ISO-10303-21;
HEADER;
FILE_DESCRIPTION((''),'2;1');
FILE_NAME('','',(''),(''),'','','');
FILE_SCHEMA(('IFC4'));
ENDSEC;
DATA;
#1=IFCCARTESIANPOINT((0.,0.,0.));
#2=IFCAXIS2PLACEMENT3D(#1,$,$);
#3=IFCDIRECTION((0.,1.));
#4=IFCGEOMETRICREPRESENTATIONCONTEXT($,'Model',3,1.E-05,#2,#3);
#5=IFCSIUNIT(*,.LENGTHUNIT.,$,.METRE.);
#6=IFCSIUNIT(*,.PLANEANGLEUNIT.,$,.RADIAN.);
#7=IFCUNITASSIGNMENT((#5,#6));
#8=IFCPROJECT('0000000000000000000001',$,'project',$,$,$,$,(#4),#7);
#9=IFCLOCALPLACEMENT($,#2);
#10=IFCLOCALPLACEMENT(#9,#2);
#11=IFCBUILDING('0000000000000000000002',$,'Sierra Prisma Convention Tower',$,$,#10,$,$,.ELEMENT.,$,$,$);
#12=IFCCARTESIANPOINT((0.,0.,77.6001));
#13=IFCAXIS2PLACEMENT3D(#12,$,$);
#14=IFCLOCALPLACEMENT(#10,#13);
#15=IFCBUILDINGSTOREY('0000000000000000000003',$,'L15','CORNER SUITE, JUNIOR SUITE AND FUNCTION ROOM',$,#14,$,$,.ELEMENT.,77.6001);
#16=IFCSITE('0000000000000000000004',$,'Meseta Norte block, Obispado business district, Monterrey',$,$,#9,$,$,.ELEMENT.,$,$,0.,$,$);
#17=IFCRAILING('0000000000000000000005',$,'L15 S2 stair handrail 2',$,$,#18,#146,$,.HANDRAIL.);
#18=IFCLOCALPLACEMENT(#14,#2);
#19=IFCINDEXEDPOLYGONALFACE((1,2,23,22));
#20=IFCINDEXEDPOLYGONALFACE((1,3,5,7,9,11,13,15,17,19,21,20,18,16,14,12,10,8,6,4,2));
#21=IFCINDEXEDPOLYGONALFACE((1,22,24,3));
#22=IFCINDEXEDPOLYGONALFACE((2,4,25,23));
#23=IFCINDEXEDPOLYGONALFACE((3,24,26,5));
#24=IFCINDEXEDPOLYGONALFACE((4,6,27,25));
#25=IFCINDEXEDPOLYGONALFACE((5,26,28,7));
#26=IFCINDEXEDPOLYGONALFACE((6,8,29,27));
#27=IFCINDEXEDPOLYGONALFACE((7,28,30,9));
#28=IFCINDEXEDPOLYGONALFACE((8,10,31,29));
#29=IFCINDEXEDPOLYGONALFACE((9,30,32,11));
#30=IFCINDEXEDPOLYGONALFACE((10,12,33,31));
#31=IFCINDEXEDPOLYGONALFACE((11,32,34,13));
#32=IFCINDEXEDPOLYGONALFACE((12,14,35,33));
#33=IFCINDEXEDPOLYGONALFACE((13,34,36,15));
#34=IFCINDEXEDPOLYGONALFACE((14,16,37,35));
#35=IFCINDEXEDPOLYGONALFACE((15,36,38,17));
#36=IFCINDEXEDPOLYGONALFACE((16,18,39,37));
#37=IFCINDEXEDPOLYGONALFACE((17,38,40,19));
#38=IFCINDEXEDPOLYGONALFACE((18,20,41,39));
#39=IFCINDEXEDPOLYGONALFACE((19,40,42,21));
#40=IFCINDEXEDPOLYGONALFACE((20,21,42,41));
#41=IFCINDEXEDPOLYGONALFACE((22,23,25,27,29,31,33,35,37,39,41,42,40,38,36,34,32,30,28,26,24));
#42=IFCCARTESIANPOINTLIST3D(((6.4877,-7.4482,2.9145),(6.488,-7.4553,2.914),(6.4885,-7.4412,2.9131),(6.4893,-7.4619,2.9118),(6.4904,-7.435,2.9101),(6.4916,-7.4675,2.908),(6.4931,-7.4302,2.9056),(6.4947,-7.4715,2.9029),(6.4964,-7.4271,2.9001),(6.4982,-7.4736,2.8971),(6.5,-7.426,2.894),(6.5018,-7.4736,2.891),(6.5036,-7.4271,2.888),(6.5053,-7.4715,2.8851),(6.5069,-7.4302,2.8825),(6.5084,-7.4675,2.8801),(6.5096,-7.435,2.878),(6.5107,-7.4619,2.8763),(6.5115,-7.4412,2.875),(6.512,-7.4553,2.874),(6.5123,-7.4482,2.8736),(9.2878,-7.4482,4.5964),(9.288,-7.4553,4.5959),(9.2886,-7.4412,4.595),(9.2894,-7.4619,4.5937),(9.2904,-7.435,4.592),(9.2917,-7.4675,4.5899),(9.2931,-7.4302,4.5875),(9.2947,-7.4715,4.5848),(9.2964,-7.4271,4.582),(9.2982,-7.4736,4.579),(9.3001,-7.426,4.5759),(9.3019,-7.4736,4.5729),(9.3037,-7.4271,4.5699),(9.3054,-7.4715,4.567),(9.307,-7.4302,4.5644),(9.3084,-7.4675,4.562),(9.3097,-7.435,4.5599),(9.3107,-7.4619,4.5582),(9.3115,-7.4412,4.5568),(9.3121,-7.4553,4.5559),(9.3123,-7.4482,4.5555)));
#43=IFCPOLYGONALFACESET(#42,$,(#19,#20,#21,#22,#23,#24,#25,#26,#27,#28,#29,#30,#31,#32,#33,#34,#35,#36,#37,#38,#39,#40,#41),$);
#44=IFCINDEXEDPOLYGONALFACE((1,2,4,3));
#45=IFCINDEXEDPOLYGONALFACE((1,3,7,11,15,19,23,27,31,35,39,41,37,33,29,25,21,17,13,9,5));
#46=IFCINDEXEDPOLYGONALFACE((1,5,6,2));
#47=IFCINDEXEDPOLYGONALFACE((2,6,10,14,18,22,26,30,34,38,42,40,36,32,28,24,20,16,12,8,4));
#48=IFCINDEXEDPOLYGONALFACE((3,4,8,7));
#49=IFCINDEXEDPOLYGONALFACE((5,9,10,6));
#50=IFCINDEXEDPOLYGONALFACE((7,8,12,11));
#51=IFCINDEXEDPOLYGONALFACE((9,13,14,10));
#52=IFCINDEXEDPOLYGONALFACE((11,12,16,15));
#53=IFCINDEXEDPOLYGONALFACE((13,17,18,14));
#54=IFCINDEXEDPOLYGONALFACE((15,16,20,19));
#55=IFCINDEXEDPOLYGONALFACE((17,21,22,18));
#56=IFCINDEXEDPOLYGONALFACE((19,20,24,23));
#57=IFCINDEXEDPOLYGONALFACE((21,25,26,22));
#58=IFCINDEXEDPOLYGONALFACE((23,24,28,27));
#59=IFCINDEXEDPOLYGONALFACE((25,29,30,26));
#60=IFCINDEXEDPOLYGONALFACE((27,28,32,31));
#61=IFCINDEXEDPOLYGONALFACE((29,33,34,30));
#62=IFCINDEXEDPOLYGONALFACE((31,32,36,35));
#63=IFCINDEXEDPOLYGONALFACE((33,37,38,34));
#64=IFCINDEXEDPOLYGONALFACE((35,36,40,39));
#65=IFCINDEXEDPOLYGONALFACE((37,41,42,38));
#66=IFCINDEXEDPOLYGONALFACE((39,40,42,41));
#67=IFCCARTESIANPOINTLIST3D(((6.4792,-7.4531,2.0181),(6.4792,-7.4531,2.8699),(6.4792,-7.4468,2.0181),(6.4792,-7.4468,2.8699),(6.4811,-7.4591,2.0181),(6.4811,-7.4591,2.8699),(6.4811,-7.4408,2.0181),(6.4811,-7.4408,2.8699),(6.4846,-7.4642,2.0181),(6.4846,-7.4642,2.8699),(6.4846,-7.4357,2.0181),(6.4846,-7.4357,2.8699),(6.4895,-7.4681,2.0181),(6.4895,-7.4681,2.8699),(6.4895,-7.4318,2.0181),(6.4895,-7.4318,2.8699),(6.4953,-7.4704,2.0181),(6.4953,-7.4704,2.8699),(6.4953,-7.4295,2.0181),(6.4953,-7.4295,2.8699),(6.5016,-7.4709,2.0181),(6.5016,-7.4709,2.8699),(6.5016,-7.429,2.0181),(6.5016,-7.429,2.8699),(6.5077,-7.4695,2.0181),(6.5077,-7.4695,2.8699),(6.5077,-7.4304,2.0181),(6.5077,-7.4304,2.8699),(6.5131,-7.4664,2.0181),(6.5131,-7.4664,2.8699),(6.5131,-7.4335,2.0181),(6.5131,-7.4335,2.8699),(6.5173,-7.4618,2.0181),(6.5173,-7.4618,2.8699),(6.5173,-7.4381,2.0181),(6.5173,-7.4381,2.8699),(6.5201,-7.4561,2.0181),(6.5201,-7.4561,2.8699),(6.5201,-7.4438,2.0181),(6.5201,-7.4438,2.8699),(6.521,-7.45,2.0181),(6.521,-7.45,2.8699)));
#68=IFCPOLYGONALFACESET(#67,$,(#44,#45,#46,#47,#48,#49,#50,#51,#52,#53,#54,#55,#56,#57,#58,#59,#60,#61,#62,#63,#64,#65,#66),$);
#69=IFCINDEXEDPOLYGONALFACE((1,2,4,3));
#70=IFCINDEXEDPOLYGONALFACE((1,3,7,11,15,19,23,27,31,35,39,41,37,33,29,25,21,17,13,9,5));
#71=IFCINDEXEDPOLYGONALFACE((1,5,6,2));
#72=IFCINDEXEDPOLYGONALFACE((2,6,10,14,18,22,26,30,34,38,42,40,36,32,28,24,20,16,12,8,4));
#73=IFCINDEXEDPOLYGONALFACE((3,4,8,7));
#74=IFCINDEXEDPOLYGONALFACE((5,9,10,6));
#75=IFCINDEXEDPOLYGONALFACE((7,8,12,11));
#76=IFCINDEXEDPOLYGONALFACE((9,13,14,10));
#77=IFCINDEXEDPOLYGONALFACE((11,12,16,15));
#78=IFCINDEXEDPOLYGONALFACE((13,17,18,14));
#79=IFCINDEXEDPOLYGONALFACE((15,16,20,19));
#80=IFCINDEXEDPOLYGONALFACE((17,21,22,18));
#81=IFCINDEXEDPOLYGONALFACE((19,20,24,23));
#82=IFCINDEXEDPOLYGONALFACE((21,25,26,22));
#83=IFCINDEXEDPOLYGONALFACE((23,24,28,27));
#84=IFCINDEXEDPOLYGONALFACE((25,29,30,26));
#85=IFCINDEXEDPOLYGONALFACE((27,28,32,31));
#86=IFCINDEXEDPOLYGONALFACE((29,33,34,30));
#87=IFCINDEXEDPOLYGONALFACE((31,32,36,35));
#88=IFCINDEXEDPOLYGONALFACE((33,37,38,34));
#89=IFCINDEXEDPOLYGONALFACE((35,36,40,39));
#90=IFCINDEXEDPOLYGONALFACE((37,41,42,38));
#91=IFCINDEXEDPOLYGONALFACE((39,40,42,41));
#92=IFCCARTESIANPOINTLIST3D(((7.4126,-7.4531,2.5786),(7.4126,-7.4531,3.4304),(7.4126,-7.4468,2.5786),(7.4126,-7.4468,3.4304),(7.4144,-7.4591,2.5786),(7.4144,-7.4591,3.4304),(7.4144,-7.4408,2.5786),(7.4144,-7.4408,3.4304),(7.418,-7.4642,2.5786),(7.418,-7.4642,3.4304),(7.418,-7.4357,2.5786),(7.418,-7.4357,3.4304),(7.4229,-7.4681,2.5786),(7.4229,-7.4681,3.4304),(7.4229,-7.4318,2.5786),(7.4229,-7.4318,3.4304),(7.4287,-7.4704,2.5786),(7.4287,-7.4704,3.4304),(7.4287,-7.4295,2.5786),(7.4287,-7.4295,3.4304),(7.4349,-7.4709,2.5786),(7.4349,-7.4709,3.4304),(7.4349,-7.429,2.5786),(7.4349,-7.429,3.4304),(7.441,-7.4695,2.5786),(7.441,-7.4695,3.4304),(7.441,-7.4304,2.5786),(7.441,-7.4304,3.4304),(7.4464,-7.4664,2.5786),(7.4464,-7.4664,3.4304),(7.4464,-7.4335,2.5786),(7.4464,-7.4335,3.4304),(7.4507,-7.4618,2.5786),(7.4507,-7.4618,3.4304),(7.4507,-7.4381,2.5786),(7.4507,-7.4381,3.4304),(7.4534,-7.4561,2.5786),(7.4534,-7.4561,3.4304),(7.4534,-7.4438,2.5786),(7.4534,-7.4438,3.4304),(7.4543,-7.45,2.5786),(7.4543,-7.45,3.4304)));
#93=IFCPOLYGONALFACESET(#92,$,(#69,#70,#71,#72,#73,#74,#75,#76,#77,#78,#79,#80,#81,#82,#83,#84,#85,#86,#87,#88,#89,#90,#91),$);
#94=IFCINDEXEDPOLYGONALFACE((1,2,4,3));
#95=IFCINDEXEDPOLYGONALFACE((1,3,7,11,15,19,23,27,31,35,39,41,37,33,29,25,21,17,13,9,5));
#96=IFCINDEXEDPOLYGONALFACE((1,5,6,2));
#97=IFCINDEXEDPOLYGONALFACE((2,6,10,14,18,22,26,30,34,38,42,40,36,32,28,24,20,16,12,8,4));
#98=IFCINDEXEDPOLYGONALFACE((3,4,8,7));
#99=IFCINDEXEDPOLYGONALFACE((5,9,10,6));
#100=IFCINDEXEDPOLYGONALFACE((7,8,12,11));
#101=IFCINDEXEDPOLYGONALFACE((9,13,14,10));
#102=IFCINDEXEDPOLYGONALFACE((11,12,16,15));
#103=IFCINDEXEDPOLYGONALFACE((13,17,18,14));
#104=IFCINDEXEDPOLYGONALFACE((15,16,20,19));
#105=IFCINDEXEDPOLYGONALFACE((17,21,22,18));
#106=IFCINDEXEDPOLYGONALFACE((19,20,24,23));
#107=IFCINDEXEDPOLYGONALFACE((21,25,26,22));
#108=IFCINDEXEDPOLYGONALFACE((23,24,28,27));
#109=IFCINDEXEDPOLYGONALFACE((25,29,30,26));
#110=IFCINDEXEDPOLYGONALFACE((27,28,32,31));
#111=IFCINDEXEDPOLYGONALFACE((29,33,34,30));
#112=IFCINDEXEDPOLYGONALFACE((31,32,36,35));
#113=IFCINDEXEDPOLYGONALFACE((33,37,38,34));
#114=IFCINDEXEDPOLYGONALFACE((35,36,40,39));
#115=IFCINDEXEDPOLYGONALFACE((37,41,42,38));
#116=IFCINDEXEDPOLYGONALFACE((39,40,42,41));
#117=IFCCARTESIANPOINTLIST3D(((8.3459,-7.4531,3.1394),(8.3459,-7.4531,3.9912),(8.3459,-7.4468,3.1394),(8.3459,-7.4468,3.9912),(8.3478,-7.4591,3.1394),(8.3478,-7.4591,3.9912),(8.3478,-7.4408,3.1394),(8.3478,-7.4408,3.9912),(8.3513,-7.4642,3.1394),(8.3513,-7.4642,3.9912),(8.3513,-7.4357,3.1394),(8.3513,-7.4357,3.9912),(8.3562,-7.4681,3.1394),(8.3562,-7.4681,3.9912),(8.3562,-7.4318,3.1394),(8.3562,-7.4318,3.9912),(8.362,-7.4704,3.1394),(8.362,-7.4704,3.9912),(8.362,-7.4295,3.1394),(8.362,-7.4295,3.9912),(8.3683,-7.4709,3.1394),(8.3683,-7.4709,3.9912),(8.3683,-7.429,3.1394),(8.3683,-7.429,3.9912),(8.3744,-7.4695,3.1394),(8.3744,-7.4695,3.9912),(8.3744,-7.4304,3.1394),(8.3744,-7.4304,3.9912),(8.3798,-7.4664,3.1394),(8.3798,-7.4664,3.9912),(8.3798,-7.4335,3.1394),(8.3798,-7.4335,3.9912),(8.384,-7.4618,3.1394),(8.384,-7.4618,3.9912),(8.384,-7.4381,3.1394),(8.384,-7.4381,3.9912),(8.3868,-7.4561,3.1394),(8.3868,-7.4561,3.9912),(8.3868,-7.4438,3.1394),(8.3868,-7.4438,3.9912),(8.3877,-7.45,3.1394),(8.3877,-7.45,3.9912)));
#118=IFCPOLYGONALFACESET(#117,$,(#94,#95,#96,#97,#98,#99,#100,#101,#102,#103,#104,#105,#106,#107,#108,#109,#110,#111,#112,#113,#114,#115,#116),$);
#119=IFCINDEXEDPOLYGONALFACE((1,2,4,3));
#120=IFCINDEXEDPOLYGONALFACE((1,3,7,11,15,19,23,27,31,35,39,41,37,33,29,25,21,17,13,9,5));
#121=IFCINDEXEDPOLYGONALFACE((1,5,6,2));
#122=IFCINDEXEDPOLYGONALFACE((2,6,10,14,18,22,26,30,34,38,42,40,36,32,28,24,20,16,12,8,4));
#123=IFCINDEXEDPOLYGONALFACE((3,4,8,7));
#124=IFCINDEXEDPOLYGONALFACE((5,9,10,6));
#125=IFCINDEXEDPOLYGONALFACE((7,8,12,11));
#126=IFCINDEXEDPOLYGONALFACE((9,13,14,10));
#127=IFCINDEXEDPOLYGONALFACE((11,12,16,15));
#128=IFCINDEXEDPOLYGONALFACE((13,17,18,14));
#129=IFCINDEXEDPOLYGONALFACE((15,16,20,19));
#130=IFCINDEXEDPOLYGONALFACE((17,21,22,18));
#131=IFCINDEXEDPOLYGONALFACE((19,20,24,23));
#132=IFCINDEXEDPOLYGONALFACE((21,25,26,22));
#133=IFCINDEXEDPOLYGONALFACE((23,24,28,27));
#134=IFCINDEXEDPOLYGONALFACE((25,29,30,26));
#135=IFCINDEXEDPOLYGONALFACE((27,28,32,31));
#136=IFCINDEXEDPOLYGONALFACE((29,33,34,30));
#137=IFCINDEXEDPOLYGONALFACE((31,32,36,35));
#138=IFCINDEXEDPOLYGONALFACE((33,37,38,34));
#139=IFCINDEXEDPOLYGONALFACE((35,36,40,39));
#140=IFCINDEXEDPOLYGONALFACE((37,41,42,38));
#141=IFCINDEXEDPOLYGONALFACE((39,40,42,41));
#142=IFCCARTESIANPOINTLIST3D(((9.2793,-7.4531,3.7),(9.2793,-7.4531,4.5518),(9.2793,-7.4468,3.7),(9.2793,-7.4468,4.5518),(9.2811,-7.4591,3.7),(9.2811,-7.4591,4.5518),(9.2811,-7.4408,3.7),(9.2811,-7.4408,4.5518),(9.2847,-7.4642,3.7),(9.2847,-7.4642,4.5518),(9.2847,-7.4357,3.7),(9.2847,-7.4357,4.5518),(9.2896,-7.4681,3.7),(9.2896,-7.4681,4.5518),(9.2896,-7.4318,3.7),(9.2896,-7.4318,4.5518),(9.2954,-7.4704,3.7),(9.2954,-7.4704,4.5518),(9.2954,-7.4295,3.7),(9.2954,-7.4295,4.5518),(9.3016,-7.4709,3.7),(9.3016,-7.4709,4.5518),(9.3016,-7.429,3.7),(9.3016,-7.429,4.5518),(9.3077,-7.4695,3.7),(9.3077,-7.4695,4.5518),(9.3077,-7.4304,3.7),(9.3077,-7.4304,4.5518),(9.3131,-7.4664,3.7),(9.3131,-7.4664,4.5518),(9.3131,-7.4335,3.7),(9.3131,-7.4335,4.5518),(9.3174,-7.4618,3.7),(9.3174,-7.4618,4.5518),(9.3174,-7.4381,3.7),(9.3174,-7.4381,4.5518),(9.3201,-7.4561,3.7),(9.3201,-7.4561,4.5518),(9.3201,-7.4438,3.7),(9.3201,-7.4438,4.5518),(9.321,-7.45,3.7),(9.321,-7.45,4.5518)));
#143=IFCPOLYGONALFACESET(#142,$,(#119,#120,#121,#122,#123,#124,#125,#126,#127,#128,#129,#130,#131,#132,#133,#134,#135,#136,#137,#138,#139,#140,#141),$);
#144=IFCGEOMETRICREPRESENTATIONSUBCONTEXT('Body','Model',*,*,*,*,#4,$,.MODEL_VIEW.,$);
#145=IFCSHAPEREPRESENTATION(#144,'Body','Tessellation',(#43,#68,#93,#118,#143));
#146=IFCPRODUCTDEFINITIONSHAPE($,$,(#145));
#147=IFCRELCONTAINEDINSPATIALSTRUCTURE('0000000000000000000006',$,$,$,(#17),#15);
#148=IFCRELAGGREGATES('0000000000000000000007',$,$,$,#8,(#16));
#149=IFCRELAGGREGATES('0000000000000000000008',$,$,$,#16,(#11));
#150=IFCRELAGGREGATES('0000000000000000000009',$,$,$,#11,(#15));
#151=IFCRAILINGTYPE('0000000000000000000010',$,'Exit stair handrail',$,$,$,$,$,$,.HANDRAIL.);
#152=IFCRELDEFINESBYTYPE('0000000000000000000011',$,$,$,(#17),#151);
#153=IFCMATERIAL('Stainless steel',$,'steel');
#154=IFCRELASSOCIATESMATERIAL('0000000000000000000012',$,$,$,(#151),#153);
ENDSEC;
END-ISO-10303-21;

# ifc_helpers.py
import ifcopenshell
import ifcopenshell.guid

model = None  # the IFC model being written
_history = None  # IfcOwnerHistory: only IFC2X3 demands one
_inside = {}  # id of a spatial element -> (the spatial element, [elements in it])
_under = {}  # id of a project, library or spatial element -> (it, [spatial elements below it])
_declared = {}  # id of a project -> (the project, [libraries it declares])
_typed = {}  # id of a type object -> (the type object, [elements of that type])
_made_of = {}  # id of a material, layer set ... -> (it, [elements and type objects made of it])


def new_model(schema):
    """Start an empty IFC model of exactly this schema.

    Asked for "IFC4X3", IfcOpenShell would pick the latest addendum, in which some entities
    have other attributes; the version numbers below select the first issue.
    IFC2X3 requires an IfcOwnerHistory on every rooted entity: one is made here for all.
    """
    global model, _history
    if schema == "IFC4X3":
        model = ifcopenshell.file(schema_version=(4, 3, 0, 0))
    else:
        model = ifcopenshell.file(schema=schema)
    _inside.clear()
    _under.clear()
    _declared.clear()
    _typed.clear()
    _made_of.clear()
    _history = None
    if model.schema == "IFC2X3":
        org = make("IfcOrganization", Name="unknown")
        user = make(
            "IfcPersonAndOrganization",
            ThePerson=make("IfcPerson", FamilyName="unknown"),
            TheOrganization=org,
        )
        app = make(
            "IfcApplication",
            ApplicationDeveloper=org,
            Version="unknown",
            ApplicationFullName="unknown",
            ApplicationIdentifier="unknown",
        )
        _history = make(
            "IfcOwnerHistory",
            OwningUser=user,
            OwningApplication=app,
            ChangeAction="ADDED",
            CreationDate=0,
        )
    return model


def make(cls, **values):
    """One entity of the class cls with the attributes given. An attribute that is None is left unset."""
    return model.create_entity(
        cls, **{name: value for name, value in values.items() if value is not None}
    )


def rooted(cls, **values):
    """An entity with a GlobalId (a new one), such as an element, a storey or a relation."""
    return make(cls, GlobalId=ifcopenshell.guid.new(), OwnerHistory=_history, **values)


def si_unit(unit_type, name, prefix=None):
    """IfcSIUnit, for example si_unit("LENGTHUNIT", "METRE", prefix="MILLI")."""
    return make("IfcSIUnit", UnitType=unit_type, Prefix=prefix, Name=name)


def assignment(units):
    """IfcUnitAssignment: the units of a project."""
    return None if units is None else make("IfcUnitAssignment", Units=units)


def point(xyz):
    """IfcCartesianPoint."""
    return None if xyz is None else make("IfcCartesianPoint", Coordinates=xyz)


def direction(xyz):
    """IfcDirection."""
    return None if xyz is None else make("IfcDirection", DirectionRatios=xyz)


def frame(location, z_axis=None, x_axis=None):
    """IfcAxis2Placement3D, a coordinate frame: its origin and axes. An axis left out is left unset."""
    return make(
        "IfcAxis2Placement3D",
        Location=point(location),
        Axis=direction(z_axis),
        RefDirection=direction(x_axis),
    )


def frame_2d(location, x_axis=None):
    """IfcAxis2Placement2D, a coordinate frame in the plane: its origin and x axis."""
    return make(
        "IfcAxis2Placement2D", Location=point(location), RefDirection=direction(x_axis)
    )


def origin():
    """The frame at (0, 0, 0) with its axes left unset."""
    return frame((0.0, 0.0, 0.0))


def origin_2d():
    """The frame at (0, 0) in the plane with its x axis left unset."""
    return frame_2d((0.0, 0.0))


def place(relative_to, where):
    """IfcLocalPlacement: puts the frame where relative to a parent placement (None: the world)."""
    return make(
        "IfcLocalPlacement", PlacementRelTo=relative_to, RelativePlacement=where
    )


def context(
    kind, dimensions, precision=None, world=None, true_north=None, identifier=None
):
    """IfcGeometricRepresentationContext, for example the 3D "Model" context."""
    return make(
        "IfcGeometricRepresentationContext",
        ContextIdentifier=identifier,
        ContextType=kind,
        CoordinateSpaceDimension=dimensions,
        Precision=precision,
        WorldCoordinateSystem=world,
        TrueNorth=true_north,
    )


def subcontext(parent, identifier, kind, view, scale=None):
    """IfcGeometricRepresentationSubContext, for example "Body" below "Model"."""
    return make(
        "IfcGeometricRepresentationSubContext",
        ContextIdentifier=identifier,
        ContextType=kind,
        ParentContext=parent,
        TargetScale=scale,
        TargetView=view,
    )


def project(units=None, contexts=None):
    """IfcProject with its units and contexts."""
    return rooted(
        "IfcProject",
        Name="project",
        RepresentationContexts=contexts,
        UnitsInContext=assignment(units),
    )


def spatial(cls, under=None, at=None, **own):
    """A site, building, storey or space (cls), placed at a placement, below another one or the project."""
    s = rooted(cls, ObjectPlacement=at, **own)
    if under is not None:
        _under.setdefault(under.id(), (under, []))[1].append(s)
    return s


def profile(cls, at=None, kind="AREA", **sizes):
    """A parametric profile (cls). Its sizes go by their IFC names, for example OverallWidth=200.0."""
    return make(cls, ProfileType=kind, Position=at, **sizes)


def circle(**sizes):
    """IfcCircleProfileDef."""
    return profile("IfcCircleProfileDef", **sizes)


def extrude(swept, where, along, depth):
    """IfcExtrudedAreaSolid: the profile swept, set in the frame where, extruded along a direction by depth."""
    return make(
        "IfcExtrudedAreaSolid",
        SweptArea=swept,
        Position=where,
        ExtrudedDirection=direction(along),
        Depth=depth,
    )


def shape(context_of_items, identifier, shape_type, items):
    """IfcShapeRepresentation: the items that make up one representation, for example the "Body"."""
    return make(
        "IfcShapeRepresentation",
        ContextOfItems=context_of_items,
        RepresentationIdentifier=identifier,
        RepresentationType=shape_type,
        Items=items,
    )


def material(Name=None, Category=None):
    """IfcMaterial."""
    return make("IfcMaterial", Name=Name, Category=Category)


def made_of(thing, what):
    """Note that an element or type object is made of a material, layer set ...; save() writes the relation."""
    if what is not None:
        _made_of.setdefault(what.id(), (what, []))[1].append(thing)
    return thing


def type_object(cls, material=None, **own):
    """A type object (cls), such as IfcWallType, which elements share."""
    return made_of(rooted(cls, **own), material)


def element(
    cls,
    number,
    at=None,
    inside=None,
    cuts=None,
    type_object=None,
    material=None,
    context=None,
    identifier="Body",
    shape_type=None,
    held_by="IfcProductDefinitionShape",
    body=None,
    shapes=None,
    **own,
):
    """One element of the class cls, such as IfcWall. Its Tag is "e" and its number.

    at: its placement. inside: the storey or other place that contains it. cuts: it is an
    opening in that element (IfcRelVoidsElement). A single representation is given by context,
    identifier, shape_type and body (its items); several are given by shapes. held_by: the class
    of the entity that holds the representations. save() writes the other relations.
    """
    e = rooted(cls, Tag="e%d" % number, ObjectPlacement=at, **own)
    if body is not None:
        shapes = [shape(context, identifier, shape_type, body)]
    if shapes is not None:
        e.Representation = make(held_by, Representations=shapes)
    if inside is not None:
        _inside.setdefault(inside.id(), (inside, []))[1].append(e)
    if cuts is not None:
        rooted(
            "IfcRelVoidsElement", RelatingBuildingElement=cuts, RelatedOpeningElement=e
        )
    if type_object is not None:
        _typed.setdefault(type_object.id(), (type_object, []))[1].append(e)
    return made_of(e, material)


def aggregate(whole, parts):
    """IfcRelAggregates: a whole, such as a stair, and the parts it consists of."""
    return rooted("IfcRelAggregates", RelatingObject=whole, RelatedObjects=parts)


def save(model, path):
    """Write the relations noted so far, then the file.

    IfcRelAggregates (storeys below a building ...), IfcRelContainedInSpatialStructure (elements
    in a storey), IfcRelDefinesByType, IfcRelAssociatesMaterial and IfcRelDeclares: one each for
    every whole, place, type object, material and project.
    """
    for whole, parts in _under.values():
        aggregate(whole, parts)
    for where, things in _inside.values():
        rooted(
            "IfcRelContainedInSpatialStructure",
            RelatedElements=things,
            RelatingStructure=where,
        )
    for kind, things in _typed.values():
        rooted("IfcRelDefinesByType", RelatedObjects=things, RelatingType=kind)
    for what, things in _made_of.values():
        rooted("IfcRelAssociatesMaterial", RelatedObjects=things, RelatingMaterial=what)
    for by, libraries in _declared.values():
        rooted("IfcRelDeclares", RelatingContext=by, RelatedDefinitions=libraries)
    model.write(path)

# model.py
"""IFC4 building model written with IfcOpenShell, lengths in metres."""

from ifc_helpers import new_model, si_unit, direction, frame, origin, origin_2d, place, context, subcontext, project, spatial, circle, extrude, material, type_object, element, save


model = new_model("IFC4")

# Units and contexts
model_context = context("Model", 3, precision=1e-05, world=origin(), true_north=direction((0.0, 1.0)))
body_context = subcontext(model_context, "Body", "Model", "MODEL_VIEW")
ifc_project = project(units=[si_unit("LENGTHUNIT", "METRE"), si_unit("PLANEANGLEUNIT", "RADIAN")], contexts=[model_context])

# Site, building, storey
site_placement = place(None, origin())
site = spatial("IfcSite", under=ifc_project, at=site_placement, Name="Meseta Norte block, Obispado business district, Monterrey", CompositionType="ELEMENT", RefElevation=0.0)
building_placement = place(site_placement, origin())
building = spatial("IfcBuilding", under=site, at=building_placement, Name="Sierra Prisma Convention Tower", CompositionType="ELEMENT")
storey_placement = place(building_placement, frame((0.0, 0.0, 77.6001)))
storey = spatial("IfcBuildingStorey", under=building, at=storey_placement, Name="L15", Description="CORNER SUITE, JUNIOR SUITE AND FUNCTION ROOM", CompositionType="ELEMENT", Elevation=77.6001)

# Railing
ifc_material_1 = material(Name="Stainless steel", Category="steel")
railing_type_1 = type_object("IfcRailingType", Name="Exit stair handrail", PredefinedType="HANDRAIL", material=ifc_material_1)
railing_1_placement = place(storey_placement, frame((6.5, -7.45, 2.0181)))
element("IfcRailing", 1, at=railing_1_placement, inside=storey, type_object=railing_type_1, Name="L15 S2 stair handrail 2", PredefinedType="HANDRAIL", context=body_context, shape_type="SweptSolid", body=[
    extrude(circle(Radius=0.0239, at=origin_2d()), frame((0.0, 0.0, 0.876), z_axis=(0.857242, 0.0, 0.514913), x_axis=(0.0, 1.0, 0.0)), (0.0, 0.0, 1.0), 3.2664),
    extrude(circle(Radius=0.021, at=origin_2d()), origin(), (0.0, 0.0, 1.0), 0.8518),
    extrude(circle(Radius=0.021, at=origin_2d()), frame((0.9333, 0.0, 0.5605)), (0.0, 0.0, 1.0), 0.8518),
    extrude(circle(Radius=0.021, at=origin_2d()), frame((1.8667, 0.0, 1.1213)), (0.0, 0.0, 1.0), 0.8518),
    extrude(circle(Radius=0.021, at=origin_2d()), frame((2.8, 0.0, 1.6819)), (0.0, 0.0, 1.0), 0.8518),
])

save(model, "model.ifc")
